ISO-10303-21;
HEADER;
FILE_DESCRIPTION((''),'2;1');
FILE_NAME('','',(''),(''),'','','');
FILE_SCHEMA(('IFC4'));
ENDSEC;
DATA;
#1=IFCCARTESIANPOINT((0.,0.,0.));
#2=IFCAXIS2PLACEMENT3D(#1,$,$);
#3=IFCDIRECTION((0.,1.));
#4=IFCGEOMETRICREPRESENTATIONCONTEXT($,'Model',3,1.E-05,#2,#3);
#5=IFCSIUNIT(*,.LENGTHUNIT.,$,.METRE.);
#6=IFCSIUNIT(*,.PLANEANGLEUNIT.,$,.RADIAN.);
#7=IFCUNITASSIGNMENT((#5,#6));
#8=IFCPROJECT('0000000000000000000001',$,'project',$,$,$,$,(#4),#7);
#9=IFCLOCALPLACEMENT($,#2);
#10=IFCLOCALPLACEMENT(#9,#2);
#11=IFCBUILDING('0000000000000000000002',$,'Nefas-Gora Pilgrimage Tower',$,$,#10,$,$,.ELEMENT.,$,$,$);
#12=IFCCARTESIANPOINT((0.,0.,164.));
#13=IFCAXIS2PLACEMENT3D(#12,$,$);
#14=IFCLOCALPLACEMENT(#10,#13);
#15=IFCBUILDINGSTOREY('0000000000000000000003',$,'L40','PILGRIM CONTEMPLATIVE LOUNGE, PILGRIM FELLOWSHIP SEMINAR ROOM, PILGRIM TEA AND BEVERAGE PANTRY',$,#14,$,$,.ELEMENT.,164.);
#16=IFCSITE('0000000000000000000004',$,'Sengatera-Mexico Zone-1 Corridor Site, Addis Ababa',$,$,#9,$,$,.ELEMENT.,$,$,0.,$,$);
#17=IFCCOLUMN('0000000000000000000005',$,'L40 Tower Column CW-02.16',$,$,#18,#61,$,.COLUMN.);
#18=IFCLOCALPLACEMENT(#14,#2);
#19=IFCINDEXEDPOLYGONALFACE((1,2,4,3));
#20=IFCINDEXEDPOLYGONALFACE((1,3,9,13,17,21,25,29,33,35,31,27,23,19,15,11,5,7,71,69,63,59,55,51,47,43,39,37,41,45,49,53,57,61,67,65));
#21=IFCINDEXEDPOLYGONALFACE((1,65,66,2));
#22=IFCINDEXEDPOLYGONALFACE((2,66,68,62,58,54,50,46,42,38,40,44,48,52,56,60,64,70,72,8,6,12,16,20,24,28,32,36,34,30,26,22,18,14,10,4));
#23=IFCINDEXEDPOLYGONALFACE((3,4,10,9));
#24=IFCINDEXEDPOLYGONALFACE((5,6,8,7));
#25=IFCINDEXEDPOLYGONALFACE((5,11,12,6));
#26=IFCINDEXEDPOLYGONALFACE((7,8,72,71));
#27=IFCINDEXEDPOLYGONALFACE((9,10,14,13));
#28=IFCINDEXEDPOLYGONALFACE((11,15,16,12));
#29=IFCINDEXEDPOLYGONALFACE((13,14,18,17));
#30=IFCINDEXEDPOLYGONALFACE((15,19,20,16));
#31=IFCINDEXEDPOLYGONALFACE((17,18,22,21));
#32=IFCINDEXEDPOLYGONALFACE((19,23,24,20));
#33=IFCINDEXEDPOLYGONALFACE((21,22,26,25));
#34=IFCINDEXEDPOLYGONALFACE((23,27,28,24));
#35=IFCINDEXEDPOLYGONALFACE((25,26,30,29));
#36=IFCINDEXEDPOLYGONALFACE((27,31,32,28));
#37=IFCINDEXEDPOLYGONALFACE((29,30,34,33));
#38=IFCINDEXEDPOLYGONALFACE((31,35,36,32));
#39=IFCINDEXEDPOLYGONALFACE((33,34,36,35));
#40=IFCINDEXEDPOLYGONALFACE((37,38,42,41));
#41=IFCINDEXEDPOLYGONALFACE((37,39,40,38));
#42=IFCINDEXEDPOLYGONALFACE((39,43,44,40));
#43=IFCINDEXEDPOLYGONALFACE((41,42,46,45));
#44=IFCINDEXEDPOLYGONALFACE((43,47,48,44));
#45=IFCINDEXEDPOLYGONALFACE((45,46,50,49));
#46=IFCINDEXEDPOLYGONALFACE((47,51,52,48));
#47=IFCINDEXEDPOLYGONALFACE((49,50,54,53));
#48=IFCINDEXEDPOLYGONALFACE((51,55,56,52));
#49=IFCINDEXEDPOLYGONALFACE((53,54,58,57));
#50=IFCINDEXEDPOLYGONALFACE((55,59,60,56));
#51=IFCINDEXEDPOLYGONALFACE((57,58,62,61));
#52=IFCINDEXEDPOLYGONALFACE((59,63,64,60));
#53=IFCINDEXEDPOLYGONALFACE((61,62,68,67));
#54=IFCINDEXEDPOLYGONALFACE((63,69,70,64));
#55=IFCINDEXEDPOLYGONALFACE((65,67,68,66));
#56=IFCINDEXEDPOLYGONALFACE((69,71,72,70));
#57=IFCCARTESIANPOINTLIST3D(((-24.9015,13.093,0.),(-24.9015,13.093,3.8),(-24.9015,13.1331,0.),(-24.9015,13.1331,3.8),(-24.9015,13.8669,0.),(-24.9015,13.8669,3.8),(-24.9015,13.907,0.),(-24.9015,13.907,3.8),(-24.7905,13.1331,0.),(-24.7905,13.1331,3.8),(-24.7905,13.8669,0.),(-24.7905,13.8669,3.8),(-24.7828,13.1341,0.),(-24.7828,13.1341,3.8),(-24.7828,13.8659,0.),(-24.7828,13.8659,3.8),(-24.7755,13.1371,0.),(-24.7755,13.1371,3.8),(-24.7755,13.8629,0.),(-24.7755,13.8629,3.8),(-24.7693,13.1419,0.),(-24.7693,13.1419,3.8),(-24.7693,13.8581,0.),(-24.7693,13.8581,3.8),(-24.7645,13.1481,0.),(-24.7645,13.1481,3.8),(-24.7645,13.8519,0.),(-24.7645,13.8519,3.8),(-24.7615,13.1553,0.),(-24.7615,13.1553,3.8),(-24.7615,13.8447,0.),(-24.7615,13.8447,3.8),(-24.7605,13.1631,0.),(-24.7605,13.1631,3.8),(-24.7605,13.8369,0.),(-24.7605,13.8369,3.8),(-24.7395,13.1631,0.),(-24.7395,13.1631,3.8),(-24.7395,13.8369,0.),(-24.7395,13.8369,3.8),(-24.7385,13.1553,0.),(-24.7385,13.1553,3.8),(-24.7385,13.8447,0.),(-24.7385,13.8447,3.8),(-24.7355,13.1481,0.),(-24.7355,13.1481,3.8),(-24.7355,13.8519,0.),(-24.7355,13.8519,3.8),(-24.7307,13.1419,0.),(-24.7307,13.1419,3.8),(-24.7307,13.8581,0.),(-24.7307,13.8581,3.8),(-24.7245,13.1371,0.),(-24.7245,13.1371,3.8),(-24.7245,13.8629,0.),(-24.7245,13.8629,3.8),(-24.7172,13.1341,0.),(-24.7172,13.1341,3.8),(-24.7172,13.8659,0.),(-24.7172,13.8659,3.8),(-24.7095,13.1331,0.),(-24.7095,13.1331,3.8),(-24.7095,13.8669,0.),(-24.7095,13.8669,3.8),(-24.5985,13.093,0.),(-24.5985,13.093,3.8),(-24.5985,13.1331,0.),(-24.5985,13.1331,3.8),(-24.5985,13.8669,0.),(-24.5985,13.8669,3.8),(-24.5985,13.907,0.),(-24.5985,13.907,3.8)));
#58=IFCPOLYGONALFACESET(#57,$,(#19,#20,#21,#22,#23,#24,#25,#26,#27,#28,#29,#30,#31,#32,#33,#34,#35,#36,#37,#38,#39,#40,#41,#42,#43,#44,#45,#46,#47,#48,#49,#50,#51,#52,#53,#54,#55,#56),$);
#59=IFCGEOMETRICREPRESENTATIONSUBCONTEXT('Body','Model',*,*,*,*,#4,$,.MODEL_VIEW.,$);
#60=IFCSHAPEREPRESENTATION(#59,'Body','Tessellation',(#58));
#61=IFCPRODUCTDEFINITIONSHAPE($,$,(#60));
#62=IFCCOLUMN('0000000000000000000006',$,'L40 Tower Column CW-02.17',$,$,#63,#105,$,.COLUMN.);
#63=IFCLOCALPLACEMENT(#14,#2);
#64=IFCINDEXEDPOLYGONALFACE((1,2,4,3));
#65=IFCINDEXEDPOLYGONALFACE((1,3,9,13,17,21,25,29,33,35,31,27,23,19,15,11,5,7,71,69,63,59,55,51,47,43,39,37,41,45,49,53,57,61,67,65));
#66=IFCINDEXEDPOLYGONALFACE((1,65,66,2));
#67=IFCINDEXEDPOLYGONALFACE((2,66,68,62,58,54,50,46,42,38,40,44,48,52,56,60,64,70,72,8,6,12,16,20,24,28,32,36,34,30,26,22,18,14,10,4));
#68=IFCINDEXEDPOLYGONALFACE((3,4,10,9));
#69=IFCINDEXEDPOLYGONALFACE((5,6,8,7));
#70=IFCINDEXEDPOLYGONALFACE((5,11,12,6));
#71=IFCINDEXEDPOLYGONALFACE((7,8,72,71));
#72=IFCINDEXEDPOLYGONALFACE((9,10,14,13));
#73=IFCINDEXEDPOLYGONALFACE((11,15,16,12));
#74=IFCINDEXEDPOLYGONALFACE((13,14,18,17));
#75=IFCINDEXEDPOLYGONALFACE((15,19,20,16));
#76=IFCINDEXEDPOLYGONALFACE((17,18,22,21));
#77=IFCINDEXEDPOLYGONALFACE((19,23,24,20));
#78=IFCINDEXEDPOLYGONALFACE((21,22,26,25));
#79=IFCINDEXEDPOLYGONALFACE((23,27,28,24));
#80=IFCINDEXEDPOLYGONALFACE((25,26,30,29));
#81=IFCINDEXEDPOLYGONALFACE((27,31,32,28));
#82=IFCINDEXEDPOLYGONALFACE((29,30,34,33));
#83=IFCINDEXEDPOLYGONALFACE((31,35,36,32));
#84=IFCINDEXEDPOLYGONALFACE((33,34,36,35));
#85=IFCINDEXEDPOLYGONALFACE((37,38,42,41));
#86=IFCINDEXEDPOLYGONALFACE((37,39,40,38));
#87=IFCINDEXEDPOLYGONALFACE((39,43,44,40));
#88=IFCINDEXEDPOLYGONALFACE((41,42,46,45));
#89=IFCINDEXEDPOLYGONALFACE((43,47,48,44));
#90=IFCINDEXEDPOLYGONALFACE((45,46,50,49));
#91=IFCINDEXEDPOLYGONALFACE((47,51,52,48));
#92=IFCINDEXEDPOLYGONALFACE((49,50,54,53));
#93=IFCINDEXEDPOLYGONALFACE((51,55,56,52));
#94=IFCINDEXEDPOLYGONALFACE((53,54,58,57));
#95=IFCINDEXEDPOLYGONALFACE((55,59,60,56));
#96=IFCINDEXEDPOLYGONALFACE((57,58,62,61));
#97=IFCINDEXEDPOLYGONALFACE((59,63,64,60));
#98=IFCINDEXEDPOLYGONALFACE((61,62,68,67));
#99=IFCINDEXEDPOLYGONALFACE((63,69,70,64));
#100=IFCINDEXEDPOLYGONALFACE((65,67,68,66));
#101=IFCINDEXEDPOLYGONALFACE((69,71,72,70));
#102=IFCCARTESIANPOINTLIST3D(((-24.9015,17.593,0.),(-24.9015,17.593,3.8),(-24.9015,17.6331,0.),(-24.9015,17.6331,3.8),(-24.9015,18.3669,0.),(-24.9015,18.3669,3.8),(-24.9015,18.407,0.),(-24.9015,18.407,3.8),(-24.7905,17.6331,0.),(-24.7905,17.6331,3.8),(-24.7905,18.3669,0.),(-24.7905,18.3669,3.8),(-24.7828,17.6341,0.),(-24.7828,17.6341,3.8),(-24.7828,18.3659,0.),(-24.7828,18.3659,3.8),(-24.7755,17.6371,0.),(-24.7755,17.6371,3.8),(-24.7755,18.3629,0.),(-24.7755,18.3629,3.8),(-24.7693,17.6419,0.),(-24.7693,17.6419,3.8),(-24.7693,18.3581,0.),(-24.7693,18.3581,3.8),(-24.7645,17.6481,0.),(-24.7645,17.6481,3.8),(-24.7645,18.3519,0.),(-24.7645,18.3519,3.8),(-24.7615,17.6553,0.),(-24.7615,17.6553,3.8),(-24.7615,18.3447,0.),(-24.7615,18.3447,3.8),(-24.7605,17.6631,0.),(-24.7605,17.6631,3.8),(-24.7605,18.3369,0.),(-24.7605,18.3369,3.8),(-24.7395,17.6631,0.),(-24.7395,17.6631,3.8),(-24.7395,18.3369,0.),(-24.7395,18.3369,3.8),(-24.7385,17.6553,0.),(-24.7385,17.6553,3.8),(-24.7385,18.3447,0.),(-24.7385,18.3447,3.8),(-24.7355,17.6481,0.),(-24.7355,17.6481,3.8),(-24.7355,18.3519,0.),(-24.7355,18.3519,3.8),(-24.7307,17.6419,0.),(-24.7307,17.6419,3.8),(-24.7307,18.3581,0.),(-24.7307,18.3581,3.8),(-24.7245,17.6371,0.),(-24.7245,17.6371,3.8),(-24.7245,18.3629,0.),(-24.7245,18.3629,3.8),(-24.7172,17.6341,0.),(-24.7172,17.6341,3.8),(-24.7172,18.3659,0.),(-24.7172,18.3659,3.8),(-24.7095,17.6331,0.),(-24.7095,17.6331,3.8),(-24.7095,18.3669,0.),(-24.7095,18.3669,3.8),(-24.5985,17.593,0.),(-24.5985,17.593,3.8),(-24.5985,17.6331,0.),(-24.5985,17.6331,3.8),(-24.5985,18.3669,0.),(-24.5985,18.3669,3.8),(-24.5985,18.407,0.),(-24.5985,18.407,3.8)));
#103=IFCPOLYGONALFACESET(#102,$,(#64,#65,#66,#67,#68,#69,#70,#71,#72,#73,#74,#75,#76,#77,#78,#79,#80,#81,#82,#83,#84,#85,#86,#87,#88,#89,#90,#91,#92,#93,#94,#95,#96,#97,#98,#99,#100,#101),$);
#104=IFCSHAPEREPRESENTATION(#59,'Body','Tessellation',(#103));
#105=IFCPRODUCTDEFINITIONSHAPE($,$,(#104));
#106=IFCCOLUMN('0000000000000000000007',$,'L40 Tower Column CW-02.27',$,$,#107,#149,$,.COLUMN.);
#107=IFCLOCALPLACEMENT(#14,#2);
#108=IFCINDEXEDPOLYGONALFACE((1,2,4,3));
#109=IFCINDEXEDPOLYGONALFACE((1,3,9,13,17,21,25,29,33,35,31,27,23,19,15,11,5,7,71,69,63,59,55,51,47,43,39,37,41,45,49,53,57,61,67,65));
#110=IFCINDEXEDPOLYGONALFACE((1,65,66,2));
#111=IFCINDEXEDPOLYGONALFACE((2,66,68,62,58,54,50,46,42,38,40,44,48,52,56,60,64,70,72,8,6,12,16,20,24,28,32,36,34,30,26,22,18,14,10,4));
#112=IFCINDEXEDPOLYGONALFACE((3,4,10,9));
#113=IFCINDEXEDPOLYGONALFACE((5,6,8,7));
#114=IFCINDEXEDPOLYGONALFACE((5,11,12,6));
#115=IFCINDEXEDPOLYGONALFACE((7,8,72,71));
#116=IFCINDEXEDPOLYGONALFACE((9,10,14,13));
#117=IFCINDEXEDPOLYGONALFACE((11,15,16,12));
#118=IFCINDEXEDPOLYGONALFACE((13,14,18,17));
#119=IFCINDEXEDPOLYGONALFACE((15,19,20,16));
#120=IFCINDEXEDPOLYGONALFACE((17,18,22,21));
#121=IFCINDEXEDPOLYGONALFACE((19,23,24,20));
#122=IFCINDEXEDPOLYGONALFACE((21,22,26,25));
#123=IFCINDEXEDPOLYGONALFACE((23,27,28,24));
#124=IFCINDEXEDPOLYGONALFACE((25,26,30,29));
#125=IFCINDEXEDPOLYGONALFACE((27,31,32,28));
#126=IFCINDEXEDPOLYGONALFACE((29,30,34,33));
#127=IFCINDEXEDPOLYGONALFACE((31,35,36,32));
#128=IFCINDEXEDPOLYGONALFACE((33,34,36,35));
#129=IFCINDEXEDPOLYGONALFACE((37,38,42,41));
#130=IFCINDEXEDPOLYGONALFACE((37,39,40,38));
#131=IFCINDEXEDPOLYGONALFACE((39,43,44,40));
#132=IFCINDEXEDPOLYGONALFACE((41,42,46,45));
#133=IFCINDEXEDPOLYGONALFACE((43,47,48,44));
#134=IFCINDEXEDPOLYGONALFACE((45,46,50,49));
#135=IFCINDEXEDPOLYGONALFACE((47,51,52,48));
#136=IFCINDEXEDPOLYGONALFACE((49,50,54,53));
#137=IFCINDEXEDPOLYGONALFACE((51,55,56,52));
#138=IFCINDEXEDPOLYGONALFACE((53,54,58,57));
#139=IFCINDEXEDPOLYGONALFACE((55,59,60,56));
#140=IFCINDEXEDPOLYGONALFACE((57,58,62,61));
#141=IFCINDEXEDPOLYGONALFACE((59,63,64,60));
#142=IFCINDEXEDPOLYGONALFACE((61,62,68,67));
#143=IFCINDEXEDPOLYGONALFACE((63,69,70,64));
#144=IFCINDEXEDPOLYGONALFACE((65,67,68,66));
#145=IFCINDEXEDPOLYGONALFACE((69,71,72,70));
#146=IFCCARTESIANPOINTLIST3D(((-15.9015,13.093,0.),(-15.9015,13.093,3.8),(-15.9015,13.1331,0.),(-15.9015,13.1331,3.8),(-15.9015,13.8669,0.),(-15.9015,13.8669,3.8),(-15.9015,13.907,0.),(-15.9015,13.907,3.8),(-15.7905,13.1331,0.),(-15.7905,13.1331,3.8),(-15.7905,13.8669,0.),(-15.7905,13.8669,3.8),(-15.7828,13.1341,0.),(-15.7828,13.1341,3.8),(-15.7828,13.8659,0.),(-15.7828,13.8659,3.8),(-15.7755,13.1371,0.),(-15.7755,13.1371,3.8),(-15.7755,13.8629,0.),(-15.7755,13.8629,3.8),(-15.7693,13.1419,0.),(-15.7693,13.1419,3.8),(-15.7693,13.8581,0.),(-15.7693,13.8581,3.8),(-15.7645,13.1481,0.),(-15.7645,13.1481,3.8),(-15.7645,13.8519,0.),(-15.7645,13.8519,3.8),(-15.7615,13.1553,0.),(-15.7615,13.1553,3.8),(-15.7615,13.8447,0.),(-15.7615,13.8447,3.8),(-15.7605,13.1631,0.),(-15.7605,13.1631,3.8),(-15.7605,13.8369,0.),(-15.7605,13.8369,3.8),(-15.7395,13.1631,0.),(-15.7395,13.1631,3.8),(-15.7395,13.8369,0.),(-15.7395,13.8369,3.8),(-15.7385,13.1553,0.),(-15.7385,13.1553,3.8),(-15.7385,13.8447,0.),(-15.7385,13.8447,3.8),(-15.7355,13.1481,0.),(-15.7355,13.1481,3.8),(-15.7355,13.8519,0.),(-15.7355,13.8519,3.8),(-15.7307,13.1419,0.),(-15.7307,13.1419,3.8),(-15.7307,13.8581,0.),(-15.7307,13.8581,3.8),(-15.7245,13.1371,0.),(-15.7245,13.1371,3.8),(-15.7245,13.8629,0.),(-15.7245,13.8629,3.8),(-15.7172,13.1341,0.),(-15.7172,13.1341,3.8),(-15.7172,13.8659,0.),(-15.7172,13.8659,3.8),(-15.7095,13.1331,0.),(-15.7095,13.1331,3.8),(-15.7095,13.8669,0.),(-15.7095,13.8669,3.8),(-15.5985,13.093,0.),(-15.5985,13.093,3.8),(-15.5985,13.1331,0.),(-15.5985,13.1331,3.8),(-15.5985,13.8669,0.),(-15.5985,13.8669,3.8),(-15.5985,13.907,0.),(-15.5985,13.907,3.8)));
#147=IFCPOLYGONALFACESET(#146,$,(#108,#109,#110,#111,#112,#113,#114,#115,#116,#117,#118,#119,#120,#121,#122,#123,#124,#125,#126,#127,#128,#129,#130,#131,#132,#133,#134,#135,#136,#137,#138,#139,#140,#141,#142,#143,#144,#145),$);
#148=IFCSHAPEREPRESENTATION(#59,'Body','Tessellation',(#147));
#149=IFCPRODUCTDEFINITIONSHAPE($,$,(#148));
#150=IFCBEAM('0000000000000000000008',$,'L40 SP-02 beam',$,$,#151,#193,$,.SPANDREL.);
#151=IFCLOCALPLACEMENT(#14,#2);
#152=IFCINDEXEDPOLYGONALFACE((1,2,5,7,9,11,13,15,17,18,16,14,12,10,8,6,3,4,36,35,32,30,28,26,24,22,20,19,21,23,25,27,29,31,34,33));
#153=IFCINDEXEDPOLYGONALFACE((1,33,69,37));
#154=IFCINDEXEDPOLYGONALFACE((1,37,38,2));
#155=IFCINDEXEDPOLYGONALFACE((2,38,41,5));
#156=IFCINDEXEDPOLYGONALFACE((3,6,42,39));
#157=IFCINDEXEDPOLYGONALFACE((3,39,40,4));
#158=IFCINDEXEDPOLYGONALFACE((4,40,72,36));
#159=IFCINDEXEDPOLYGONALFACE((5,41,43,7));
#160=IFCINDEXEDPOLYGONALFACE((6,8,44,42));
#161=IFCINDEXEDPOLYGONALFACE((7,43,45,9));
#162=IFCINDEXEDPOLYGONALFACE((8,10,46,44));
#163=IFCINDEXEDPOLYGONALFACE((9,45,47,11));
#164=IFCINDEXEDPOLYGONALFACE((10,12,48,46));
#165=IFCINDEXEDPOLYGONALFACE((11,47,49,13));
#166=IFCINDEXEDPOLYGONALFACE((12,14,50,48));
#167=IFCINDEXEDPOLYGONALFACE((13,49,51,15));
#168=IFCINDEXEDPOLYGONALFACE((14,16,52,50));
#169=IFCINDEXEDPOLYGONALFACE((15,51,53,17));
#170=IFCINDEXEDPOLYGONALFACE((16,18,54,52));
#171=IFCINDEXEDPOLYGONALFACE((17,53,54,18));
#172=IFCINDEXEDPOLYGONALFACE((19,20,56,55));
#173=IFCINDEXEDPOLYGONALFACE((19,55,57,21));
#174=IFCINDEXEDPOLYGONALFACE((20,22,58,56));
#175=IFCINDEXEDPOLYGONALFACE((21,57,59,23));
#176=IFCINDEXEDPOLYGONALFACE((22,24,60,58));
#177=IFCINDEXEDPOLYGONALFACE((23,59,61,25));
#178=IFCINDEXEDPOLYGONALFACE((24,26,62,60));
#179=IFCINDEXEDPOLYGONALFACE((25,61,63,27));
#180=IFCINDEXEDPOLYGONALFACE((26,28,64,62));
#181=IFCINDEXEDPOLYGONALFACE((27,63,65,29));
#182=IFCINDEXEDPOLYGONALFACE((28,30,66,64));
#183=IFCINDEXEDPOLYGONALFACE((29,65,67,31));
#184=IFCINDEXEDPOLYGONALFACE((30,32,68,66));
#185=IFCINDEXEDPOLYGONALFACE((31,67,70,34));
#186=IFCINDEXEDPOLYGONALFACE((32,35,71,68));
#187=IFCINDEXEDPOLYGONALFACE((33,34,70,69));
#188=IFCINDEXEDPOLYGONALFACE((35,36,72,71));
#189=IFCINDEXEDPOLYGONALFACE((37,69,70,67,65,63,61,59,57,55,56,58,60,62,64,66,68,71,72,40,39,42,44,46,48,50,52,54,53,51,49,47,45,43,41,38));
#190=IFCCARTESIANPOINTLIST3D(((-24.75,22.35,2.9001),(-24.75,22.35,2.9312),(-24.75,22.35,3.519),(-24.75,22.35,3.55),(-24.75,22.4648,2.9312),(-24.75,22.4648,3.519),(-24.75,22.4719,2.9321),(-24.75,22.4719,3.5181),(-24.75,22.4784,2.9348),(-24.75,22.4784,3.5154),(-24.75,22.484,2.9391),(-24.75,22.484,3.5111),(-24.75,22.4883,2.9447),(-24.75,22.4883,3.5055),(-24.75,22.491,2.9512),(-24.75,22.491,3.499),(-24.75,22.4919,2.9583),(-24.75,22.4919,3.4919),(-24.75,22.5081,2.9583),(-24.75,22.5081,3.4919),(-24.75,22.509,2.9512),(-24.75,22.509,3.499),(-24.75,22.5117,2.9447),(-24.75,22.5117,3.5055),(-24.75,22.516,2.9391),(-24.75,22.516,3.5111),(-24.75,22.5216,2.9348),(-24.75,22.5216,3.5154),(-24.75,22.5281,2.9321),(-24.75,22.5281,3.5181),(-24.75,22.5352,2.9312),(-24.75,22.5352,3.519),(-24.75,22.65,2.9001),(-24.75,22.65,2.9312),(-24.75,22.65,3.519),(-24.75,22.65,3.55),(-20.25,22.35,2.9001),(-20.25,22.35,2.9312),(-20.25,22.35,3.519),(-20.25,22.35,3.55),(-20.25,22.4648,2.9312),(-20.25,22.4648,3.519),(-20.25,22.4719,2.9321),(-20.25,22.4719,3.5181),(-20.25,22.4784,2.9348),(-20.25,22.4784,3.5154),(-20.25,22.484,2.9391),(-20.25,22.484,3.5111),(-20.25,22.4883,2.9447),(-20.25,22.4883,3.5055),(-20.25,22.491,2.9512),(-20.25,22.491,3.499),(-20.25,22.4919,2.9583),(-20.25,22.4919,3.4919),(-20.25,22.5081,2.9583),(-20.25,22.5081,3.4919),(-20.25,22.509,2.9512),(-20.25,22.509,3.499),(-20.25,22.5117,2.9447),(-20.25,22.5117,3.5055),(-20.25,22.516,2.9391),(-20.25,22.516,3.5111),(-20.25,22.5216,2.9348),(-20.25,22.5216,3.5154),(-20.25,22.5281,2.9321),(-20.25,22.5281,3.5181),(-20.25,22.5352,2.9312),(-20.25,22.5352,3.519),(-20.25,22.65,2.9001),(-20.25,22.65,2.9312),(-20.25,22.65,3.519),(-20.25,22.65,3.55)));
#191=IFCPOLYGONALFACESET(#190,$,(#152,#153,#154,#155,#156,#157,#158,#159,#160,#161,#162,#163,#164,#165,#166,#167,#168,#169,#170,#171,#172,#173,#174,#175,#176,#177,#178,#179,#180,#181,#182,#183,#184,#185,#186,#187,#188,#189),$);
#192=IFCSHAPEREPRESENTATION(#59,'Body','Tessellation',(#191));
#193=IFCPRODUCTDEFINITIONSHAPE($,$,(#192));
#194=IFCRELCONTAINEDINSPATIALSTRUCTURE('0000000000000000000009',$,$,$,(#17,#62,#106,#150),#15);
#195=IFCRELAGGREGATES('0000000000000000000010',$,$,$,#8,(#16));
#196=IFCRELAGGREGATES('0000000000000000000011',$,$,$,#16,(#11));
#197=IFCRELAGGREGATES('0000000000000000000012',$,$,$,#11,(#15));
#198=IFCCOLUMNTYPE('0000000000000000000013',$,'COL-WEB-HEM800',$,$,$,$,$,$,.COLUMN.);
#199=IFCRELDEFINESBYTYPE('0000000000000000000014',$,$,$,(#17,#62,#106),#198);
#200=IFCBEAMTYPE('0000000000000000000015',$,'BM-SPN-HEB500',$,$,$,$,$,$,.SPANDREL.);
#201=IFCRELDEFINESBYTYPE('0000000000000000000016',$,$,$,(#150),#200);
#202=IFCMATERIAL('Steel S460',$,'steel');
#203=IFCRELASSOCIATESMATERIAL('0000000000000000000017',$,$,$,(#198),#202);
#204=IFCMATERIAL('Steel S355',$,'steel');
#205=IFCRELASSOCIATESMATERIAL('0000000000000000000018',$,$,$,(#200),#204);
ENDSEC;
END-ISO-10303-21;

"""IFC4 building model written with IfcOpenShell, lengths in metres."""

from ifc_helpers import new_model, si_unit, direction, frame, origin, origin_2d, place, context, subcontext, project, spatial, i_section, extrude, source, transform, mapped, material, material_profile, profile_set, type_object, element, save


model = new_model("IFC4")

# Units and contexts
model_context = context("Model", 3, precision=1e-05, world=origin(), true_north=direction((0.0, 1.0)))
body_context = subcontext(model_context, "Body", "Model", "MODEL_VIEW")
ifc_project = project(units=[si_unit("LENGTHUNIT", "METRE"), si_unit("PLANEANGLEUNIT", "RADIAN")], contexts=[model_context])

# Site, building, storey
site_placement = place(None, origin())
site = spatial("IfcSite", under=ifc_project, at=site_placement, Name="Sengatera-Mexico Zone-1 Corridor Site, Addis Ababa", CompositionType="ELEMENT", RefElevation=0.0)
building_placement = place(site_placement, origin())
building = spatial("IfcBuilding", under=site, at=building_placement, Name="Nefas-Gora Pilgrimage Tower", CompositionType="ELEMENT")
storey_placement = place(building_placement, frame((0.0, 0.0, 164.0)))
storey = spatial("IfcBuildingStorey", under=building, at=storey_placement, Name="L40", Description="PILGRIM CONTEMPLATIVE LOUNGE, PILGRIM FELLOWSHIP SEMINAR ROOM, PILGRIM TEA AND BEVERAGE PANTRY", CompositionType="ELEMENT", Elevation=164.0)

# Columns
ifc_material_1 = material(Name="Steel S460", Category="steel")
ifc_material_profile_1 = material_profile(ifc_material_1, i_section(OverallWidth=0.303, OverallDepth=0.814, WebThickness=0.021, FlangeThickness=0.04, FilletRadius=0.03, at=origin_2d()), Name="HEM 800")
ifc_profile_set_1 = profile_set([ifc_material_profile_1], Name="Steel S460")
column_type_1 = type_object("IfcColumnType", Name="COL-WEB-HEM800", PredefinedType="COLUMN", material=ifc_profile_set_1)
shared_shape_1 = source(origin(), body_context, "Body", "SweptSolid", [
    extrude(i_section(OverallWidth=0.303, OverallDepth=0.814, WebThickness=0.021, FlangeThickness=0.04, FilletRadius=0.03, at=origin_2d()), origin(), (0.0, 0.0, 1.0), 3.8),
])
for number, where, z_axis, x_axis, name in (
    (1, (-24.75, 13.5, 0.0), (0.0, 0.0, 1.0), (1.0, 0.0, 0.0), "L40 Tower Column CW-02.16"),
    (2, (-24.75, 18.0, 0.0), (0.0, 0.0, 1.0), (1.0, 0.0, 0.0), "L40 Tower Column CW-02.17"),
    (3, (-15.75, 13.5, 0.0), (0.0, 0.0, 1.0), (1.0, 0.0, 0.0), "L40 Tower Column CW-02.27"),
):
    element("IfcColumn", number, at=place(storey_placement, frame(where, z_axis=z_axis, x_axis=x_axis)), inside=storey, type_object=column_type_1, Name=name, PredefinedType="COLUMN", context=body_context, shape_type="MappedRepresentation", body=[
        mapped(shared_shape_1, transform((0.0, 0.0, 0.0), x_axis=(1.0, 0.0, 0.0), y_axis=(0.0, 1.0, 0.0), z_axis=(0.0, 0.0, 1.0), scale=1.0)),
    ])

# Beam
ifc_material_2 = material(Name="Steel S355", Category="steel")
ifc_material_profile_2 = material_profile(ifc_material_2, i_section(OverallWidth=0.3, OverallDepth=0.6499, WebThickness=0.0161, FlangeThickness=0.031, FilletRadius=0.0271, at=origin_2d()), Name="HEB 650")
ifc_profile_set_2 = profile_set([ifc_material_profile_2], Name="Steel S355")
beam_type_1 = type_object("IfcBeamType", Name="BM-SPN-HEB500", PredefinedType="SPANDREL", material=ifc_profile_set_2)
shared_shape_2 = source(origin(), body_context, "Body", "SweptSolid", [
    extrude(i_section(OverallWidth=0.3, OverallDepth=0.6499, WebThickness=0.0161, FlangeThickness=0.031, FilletRadius=0.0271, at=origin_2d()), origin(), (0.0, 0.0, 1.0), 4.5),
])
beam_placement = place(storey_placement, frame((-24.75, 22.5, 3.2251), z_axis=(1.0, 0.0, 0.0), x_axis=(0.0, 1.0, 0.0)))
element("IfcBeam", 4, at=beam_placement, inside=storey, type_object=beam_type_1, Name="L40 SP-02 beam", PredefinedType="SPANDREL", context=body_context, shape_type="MappedRepresentation", body=[
    mapped(shared_shape_2, transform((0.0, 0.0, 0.0), x_axis=(1.0, 0.0, 0.0), y_axis=(0.0, 1.0, 0.0), z_axis=(0.0, 0.0, 1.0), scale=1.0)),
])

save(model, "model.ifc")
